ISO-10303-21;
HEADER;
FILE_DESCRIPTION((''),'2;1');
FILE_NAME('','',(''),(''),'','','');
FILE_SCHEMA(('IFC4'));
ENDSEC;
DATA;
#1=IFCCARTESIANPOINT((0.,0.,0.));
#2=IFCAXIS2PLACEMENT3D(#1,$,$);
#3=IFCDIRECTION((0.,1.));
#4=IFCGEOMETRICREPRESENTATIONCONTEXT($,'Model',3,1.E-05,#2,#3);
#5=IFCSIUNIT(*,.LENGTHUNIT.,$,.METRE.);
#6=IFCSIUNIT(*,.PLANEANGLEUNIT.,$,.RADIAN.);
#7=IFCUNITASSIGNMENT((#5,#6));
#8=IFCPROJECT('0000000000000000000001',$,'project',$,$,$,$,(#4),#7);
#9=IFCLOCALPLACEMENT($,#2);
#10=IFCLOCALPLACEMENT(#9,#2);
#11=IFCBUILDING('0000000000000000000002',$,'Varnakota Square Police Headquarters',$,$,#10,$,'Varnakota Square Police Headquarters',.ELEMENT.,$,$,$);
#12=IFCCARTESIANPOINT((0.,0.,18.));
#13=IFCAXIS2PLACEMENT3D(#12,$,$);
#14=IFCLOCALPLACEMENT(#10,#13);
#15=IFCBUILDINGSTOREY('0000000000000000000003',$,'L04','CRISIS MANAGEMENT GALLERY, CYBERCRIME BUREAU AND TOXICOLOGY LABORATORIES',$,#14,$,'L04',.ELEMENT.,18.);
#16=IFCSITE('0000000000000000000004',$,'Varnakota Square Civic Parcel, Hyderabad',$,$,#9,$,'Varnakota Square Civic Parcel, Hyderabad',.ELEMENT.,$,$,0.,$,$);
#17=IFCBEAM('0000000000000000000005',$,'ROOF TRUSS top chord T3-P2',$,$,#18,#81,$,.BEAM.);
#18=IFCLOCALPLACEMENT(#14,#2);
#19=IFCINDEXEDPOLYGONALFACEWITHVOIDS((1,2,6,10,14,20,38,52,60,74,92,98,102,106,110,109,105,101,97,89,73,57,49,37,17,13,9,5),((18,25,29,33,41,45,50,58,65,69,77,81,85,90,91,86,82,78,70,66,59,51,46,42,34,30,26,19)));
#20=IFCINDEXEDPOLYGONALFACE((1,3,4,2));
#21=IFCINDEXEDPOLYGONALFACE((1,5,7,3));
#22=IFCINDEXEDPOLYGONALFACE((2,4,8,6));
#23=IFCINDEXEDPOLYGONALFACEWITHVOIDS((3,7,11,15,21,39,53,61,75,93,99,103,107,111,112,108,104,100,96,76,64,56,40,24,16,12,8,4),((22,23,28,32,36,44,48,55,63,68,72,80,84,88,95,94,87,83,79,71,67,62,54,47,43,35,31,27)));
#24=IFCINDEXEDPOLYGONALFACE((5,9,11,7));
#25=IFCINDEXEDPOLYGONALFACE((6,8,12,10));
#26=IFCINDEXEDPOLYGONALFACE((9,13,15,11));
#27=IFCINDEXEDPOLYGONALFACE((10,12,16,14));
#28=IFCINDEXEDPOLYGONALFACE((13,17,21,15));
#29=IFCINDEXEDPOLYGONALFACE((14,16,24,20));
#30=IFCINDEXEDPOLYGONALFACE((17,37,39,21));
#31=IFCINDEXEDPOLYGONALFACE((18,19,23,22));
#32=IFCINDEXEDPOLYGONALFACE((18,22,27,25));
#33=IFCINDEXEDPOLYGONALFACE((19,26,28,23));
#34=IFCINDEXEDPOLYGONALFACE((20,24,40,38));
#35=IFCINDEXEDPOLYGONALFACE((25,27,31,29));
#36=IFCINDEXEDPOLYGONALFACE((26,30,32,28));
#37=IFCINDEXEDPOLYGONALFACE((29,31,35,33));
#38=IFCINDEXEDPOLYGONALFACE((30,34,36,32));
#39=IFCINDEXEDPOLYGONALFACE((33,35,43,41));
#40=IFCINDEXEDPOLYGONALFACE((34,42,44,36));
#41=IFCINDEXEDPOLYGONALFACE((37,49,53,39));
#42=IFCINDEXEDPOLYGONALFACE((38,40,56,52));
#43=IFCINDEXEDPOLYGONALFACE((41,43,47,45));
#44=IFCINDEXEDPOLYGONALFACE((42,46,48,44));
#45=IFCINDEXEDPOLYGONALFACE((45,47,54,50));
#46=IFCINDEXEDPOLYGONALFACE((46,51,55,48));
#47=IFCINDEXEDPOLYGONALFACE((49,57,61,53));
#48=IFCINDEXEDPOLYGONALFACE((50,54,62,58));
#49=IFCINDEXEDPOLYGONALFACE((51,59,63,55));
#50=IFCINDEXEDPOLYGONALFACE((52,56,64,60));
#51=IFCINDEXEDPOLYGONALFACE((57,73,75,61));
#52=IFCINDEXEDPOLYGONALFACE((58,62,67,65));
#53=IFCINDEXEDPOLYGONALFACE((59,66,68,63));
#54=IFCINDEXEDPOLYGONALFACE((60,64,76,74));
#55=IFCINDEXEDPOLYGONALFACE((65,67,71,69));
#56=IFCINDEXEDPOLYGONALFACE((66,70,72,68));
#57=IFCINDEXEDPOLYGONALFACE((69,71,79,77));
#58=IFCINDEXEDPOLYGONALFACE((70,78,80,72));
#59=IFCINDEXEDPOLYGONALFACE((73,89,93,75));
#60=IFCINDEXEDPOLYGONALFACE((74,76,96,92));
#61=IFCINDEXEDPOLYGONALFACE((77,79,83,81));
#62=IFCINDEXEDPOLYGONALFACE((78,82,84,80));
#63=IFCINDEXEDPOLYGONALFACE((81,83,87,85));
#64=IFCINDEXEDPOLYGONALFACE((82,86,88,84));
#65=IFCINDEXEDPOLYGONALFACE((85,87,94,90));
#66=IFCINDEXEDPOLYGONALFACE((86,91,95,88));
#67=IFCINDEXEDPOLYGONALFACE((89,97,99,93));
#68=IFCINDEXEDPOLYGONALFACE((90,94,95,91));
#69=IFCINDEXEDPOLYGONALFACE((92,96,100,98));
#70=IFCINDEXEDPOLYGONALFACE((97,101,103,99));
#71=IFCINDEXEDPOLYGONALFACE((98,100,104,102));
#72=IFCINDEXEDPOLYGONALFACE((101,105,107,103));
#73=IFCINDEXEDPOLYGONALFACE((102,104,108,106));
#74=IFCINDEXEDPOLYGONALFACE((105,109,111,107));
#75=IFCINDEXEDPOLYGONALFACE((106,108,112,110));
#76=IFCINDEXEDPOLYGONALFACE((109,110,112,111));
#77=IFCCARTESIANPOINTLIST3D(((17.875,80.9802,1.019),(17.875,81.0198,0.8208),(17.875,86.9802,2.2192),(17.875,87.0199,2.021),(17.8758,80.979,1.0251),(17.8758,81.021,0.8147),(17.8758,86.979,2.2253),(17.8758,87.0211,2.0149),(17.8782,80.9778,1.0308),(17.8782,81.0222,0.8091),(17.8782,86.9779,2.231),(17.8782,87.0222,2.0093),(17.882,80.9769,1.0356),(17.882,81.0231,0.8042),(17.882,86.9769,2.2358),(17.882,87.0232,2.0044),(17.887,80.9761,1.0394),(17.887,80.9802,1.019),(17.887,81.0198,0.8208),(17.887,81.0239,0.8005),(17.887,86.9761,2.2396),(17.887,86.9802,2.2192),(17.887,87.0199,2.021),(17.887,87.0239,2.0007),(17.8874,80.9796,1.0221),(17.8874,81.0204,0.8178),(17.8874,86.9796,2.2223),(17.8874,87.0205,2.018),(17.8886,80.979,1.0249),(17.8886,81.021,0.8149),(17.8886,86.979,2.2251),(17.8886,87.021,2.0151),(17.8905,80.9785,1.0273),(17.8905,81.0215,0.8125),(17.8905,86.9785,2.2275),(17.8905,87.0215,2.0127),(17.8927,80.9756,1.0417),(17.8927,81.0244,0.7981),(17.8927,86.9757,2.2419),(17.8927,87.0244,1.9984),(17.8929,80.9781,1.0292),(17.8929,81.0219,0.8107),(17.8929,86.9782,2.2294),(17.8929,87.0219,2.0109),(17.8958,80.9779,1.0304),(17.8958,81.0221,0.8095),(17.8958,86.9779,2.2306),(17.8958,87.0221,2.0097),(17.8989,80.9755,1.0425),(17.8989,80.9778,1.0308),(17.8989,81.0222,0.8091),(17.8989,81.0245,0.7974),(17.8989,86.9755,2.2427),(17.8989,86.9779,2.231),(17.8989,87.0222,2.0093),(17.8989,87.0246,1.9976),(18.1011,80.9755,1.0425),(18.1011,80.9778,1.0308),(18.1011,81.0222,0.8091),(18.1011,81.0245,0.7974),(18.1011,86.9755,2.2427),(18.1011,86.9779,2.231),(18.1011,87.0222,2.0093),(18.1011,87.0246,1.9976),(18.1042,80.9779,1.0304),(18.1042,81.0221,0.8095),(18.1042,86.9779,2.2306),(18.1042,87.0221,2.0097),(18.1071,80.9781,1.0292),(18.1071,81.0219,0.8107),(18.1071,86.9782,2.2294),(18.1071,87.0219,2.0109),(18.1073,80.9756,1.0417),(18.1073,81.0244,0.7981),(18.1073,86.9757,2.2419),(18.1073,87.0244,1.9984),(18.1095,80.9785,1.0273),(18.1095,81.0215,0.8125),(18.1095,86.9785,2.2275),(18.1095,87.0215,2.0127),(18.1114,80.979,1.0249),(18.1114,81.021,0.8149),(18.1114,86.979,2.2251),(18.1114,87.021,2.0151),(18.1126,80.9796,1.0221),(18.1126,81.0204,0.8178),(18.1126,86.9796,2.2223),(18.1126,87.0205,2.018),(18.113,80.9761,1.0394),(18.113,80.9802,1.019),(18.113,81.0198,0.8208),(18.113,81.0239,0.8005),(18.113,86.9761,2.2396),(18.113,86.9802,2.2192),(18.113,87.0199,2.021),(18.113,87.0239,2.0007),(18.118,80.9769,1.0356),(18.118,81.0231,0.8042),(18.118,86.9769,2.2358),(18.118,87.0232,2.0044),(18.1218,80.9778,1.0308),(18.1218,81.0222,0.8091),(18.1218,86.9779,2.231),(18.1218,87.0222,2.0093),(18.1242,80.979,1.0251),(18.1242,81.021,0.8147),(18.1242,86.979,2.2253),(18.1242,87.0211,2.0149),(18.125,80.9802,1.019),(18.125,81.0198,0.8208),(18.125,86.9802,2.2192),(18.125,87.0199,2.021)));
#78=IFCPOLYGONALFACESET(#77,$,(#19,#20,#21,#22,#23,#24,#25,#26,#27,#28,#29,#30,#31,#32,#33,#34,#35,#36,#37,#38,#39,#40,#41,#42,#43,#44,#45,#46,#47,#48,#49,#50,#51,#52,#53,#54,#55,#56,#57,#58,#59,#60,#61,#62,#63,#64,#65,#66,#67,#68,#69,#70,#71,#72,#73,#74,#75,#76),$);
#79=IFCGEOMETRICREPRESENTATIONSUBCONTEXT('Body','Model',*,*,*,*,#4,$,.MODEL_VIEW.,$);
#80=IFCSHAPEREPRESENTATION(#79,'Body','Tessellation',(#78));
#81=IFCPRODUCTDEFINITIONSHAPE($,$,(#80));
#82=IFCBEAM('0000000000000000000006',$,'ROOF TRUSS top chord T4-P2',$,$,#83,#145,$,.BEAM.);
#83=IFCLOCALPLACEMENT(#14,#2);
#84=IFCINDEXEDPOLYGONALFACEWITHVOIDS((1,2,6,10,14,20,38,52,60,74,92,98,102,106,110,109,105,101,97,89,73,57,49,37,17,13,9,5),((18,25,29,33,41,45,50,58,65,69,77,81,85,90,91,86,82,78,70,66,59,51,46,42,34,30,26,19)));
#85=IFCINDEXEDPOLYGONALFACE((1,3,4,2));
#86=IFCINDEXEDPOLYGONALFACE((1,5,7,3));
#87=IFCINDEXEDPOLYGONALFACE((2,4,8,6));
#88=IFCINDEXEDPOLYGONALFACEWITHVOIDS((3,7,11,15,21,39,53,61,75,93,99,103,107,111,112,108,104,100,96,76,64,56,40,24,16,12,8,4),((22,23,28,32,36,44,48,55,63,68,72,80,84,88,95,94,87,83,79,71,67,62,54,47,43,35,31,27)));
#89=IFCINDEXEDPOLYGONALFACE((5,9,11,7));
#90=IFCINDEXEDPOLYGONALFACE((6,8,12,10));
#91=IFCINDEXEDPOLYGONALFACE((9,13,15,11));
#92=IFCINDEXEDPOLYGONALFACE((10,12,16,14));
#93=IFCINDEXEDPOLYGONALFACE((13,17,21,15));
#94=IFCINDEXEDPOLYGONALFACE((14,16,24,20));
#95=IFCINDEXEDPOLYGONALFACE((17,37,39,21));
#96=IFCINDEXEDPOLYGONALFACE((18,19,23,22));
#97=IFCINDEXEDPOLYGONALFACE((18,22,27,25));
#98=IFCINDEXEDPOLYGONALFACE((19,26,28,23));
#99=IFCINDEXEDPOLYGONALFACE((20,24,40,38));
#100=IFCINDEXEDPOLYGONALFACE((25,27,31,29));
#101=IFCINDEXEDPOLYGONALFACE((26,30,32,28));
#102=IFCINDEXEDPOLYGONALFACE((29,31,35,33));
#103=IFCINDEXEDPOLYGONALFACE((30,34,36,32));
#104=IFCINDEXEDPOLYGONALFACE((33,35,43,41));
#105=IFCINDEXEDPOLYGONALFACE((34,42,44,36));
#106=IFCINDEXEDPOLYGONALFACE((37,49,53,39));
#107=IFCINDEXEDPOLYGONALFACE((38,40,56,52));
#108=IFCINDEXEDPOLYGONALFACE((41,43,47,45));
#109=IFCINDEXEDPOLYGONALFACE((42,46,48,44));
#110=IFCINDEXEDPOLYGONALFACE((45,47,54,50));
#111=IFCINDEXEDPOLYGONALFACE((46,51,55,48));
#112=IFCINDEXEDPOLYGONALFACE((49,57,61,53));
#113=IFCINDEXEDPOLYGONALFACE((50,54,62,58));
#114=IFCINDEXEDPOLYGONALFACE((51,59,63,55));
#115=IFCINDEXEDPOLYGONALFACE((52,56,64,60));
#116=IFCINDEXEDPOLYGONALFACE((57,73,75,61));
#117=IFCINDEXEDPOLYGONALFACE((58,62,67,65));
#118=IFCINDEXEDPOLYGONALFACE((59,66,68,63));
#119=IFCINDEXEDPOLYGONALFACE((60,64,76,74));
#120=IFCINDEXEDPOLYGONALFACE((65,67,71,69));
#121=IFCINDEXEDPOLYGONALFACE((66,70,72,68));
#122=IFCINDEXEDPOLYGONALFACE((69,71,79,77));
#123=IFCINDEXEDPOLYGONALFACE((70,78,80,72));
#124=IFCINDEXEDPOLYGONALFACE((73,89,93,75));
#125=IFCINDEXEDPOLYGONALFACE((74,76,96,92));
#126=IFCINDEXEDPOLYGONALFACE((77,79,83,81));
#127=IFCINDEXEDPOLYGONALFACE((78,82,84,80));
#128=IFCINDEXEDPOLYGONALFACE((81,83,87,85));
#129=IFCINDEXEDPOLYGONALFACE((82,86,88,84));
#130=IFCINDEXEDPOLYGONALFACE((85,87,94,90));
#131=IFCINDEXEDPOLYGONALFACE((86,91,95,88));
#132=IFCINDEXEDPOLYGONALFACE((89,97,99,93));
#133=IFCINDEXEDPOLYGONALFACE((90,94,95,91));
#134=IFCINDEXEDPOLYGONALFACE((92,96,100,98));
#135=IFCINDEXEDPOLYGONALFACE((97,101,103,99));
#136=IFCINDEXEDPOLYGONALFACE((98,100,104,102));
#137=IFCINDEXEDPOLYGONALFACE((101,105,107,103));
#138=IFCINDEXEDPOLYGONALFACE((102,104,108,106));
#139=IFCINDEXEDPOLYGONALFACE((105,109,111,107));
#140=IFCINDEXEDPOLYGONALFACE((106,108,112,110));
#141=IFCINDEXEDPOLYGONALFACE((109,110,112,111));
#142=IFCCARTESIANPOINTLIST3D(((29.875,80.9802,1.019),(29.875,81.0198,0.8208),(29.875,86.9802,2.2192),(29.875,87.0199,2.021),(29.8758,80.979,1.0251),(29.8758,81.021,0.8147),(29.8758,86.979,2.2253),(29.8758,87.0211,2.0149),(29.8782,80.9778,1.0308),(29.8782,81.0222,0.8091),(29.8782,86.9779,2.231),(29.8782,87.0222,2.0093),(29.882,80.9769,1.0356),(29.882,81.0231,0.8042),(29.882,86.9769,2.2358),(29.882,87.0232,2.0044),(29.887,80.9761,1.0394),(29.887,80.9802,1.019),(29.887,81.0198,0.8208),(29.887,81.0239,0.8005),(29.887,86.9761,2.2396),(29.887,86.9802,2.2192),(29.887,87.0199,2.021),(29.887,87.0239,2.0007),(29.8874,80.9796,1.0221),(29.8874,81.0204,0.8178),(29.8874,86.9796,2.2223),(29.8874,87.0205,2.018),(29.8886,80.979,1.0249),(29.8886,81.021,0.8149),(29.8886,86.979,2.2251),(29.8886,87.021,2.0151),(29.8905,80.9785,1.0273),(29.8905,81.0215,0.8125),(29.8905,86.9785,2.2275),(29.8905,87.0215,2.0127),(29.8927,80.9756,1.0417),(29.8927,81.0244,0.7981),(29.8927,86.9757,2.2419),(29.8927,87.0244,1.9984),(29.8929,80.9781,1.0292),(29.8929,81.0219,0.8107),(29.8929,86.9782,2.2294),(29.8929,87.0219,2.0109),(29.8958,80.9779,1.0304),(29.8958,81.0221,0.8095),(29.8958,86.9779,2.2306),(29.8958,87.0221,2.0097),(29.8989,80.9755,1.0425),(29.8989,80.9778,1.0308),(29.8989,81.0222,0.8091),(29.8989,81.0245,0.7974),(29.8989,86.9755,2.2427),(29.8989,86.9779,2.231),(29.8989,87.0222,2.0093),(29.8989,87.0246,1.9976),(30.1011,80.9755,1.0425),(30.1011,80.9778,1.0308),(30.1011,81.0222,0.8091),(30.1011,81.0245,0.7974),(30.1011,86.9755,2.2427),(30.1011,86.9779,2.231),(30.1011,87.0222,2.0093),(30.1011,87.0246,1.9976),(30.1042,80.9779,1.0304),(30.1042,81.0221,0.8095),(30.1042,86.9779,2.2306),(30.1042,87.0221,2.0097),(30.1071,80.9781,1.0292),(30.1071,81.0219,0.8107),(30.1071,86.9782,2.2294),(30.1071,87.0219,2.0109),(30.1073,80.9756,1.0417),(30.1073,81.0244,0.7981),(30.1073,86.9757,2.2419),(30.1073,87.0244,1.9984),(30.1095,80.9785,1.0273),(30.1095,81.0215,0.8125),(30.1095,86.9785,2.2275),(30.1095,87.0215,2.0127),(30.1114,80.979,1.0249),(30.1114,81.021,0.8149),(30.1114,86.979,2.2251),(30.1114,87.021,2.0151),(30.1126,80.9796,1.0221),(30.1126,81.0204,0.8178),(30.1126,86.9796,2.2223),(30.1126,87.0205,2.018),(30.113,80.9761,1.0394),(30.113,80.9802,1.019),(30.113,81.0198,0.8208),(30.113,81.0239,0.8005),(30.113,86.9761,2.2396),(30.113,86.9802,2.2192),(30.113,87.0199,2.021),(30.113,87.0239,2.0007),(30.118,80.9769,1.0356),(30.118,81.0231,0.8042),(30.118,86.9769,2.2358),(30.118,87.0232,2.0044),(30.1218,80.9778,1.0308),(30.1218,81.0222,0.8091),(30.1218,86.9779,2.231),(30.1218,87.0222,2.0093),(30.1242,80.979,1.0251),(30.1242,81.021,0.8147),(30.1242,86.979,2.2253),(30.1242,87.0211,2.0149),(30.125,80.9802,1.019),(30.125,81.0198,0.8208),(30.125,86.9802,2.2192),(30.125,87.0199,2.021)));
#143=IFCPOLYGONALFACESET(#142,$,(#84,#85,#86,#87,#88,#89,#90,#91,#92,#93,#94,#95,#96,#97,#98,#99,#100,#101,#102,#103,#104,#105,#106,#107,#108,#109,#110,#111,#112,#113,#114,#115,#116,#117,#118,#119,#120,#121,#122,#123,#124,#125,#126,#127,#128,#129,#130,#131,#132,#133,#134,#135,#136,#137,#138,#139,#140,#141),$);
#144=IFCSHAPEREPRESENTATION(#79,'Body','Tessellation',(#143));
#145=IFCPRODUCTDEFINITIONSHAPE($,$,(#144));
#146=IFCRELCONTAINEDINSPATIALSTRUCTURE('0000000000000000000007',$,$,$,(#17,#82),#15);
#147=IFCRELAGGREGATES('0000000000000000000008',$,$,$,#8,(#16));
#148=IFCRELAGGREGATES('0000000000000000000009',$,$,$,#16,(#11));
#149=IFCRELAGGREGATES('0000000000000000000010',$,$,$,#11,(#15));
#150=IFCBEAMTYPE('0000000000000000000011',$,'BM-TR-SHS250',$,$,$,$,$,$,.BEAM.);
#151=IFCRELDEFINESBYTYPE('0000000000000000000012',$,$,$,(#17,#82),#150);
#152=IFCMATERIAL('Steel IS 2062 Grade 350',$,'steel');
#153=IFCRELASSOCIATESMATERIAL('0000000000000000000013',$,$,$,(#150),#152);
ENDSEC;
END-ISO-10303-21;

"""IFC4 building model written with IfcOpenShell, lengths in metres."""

from ifc_helpers import new_model, si_unit, direction, frame, origin, origin_2d, place, context, subcontext, project, spatial, hollow_rectangle, extrude, material, material_profile, profile_set, type_object, element, save


model = new_model("IFC4")

# Units and contexts
model_context = context("Model", 3, precision=1e-05, world=origin(), true_north=direction((0.0, 1.0)))
body_context = subcontext(model_context, "Body", "Model", "MODEL_VIEW")
ifc_project = project(units=[si_unit("LENGTHUNIT", "METRE"), si_unit("PLANEANGLEUNIT", "RADIAN")], contexts=[model_context])

# Site, building, storey
site_placement = place(None, origin())
site = spatial("IfcSite", under=ifc_project, at=site_placement, Name="Varnakota Square Civic Parcel, Hyderabad", LongName="Varnakota Square Civic Parcel, Hyderabad", CompositionType="ELEMENT", RefElevation=0.0)
building_placement = place(site_placement, origin())
building = spatial("IfcBuilding", under=site, at=building_placement, Name="Varnakota Square Police Headquarters", LongName="Varnakota Square Police Headquarters", CompositionType="ELEMENT")
storey_placement = place(building_placement, frame((0.0, 0.0, 18.0)))
storey = spatial("IfcBuildingStorey", under=building, at=storey_placement, Name="L04", Description="CRISIS MANAGEMENT GALLERY, CYBERCRIME BUREAU AND TOXICOLOGY LABORATORIES", LongName="L04", CompositionType="ELEMENT", Elevation=18.0)

# Beams
ifc_material_1 = material(Name="Steel IS 2062 Grade 350", Category="steel")
ifc_material_profile_1 = material_profile(ifc_material_1, hollow_rectangle(XDim=0.25, YDim=0.25, WallThickness=0.012, InnerFilletRadius=0.012, OuterFilletRadius=0.0239, at=origin_2d()), Name="SHS 250x250x12")
ifc_profile_set_1 = profile_set([ifc_material_profile_1], Name="Steel IS 2062 Grade 350")
beam_type_1 = type_object("IfcBeamType", Name="BM-TR-SHS250", PredefinedType="BEAM", material=ifc_profile_set_1)
for number, where, z_axis, x_axis, name in (
    (1, (18.0, 81.0, 0.9199), (0.0, 0.980575, 0.196147), (-1.0, 0.0, 0.0), "ROOF TRUSS top chord T3-P2"),
    (2, (30.0, 81.0, 0.9199), (0.0, 0.980575, 0.196147), (-1.0, 0.0, 0.0), "ROOF TRUSS top chord T4-P2"),
):
    element("IfcBeam", number, at=place(storey_placement, frame(where, z_axis=z_axis, x_axis=x_axis)), inside=storey, type_object=beam_type_1, Name=name, PredefinedType="BEAM", context=body_context, shape_type="SweptSolid", body=[
        extrude(hollow_rectangle(XDim=0.25, YDim=0.25, WallThickness=0.012, InnerFilletRadius=0.012, OuterFilletRadius=0.0239, at=origin_2d()), origin(), (0.0, 0.0, 1.0), 6.1189),
    ])

save(model, "model.ifc")
